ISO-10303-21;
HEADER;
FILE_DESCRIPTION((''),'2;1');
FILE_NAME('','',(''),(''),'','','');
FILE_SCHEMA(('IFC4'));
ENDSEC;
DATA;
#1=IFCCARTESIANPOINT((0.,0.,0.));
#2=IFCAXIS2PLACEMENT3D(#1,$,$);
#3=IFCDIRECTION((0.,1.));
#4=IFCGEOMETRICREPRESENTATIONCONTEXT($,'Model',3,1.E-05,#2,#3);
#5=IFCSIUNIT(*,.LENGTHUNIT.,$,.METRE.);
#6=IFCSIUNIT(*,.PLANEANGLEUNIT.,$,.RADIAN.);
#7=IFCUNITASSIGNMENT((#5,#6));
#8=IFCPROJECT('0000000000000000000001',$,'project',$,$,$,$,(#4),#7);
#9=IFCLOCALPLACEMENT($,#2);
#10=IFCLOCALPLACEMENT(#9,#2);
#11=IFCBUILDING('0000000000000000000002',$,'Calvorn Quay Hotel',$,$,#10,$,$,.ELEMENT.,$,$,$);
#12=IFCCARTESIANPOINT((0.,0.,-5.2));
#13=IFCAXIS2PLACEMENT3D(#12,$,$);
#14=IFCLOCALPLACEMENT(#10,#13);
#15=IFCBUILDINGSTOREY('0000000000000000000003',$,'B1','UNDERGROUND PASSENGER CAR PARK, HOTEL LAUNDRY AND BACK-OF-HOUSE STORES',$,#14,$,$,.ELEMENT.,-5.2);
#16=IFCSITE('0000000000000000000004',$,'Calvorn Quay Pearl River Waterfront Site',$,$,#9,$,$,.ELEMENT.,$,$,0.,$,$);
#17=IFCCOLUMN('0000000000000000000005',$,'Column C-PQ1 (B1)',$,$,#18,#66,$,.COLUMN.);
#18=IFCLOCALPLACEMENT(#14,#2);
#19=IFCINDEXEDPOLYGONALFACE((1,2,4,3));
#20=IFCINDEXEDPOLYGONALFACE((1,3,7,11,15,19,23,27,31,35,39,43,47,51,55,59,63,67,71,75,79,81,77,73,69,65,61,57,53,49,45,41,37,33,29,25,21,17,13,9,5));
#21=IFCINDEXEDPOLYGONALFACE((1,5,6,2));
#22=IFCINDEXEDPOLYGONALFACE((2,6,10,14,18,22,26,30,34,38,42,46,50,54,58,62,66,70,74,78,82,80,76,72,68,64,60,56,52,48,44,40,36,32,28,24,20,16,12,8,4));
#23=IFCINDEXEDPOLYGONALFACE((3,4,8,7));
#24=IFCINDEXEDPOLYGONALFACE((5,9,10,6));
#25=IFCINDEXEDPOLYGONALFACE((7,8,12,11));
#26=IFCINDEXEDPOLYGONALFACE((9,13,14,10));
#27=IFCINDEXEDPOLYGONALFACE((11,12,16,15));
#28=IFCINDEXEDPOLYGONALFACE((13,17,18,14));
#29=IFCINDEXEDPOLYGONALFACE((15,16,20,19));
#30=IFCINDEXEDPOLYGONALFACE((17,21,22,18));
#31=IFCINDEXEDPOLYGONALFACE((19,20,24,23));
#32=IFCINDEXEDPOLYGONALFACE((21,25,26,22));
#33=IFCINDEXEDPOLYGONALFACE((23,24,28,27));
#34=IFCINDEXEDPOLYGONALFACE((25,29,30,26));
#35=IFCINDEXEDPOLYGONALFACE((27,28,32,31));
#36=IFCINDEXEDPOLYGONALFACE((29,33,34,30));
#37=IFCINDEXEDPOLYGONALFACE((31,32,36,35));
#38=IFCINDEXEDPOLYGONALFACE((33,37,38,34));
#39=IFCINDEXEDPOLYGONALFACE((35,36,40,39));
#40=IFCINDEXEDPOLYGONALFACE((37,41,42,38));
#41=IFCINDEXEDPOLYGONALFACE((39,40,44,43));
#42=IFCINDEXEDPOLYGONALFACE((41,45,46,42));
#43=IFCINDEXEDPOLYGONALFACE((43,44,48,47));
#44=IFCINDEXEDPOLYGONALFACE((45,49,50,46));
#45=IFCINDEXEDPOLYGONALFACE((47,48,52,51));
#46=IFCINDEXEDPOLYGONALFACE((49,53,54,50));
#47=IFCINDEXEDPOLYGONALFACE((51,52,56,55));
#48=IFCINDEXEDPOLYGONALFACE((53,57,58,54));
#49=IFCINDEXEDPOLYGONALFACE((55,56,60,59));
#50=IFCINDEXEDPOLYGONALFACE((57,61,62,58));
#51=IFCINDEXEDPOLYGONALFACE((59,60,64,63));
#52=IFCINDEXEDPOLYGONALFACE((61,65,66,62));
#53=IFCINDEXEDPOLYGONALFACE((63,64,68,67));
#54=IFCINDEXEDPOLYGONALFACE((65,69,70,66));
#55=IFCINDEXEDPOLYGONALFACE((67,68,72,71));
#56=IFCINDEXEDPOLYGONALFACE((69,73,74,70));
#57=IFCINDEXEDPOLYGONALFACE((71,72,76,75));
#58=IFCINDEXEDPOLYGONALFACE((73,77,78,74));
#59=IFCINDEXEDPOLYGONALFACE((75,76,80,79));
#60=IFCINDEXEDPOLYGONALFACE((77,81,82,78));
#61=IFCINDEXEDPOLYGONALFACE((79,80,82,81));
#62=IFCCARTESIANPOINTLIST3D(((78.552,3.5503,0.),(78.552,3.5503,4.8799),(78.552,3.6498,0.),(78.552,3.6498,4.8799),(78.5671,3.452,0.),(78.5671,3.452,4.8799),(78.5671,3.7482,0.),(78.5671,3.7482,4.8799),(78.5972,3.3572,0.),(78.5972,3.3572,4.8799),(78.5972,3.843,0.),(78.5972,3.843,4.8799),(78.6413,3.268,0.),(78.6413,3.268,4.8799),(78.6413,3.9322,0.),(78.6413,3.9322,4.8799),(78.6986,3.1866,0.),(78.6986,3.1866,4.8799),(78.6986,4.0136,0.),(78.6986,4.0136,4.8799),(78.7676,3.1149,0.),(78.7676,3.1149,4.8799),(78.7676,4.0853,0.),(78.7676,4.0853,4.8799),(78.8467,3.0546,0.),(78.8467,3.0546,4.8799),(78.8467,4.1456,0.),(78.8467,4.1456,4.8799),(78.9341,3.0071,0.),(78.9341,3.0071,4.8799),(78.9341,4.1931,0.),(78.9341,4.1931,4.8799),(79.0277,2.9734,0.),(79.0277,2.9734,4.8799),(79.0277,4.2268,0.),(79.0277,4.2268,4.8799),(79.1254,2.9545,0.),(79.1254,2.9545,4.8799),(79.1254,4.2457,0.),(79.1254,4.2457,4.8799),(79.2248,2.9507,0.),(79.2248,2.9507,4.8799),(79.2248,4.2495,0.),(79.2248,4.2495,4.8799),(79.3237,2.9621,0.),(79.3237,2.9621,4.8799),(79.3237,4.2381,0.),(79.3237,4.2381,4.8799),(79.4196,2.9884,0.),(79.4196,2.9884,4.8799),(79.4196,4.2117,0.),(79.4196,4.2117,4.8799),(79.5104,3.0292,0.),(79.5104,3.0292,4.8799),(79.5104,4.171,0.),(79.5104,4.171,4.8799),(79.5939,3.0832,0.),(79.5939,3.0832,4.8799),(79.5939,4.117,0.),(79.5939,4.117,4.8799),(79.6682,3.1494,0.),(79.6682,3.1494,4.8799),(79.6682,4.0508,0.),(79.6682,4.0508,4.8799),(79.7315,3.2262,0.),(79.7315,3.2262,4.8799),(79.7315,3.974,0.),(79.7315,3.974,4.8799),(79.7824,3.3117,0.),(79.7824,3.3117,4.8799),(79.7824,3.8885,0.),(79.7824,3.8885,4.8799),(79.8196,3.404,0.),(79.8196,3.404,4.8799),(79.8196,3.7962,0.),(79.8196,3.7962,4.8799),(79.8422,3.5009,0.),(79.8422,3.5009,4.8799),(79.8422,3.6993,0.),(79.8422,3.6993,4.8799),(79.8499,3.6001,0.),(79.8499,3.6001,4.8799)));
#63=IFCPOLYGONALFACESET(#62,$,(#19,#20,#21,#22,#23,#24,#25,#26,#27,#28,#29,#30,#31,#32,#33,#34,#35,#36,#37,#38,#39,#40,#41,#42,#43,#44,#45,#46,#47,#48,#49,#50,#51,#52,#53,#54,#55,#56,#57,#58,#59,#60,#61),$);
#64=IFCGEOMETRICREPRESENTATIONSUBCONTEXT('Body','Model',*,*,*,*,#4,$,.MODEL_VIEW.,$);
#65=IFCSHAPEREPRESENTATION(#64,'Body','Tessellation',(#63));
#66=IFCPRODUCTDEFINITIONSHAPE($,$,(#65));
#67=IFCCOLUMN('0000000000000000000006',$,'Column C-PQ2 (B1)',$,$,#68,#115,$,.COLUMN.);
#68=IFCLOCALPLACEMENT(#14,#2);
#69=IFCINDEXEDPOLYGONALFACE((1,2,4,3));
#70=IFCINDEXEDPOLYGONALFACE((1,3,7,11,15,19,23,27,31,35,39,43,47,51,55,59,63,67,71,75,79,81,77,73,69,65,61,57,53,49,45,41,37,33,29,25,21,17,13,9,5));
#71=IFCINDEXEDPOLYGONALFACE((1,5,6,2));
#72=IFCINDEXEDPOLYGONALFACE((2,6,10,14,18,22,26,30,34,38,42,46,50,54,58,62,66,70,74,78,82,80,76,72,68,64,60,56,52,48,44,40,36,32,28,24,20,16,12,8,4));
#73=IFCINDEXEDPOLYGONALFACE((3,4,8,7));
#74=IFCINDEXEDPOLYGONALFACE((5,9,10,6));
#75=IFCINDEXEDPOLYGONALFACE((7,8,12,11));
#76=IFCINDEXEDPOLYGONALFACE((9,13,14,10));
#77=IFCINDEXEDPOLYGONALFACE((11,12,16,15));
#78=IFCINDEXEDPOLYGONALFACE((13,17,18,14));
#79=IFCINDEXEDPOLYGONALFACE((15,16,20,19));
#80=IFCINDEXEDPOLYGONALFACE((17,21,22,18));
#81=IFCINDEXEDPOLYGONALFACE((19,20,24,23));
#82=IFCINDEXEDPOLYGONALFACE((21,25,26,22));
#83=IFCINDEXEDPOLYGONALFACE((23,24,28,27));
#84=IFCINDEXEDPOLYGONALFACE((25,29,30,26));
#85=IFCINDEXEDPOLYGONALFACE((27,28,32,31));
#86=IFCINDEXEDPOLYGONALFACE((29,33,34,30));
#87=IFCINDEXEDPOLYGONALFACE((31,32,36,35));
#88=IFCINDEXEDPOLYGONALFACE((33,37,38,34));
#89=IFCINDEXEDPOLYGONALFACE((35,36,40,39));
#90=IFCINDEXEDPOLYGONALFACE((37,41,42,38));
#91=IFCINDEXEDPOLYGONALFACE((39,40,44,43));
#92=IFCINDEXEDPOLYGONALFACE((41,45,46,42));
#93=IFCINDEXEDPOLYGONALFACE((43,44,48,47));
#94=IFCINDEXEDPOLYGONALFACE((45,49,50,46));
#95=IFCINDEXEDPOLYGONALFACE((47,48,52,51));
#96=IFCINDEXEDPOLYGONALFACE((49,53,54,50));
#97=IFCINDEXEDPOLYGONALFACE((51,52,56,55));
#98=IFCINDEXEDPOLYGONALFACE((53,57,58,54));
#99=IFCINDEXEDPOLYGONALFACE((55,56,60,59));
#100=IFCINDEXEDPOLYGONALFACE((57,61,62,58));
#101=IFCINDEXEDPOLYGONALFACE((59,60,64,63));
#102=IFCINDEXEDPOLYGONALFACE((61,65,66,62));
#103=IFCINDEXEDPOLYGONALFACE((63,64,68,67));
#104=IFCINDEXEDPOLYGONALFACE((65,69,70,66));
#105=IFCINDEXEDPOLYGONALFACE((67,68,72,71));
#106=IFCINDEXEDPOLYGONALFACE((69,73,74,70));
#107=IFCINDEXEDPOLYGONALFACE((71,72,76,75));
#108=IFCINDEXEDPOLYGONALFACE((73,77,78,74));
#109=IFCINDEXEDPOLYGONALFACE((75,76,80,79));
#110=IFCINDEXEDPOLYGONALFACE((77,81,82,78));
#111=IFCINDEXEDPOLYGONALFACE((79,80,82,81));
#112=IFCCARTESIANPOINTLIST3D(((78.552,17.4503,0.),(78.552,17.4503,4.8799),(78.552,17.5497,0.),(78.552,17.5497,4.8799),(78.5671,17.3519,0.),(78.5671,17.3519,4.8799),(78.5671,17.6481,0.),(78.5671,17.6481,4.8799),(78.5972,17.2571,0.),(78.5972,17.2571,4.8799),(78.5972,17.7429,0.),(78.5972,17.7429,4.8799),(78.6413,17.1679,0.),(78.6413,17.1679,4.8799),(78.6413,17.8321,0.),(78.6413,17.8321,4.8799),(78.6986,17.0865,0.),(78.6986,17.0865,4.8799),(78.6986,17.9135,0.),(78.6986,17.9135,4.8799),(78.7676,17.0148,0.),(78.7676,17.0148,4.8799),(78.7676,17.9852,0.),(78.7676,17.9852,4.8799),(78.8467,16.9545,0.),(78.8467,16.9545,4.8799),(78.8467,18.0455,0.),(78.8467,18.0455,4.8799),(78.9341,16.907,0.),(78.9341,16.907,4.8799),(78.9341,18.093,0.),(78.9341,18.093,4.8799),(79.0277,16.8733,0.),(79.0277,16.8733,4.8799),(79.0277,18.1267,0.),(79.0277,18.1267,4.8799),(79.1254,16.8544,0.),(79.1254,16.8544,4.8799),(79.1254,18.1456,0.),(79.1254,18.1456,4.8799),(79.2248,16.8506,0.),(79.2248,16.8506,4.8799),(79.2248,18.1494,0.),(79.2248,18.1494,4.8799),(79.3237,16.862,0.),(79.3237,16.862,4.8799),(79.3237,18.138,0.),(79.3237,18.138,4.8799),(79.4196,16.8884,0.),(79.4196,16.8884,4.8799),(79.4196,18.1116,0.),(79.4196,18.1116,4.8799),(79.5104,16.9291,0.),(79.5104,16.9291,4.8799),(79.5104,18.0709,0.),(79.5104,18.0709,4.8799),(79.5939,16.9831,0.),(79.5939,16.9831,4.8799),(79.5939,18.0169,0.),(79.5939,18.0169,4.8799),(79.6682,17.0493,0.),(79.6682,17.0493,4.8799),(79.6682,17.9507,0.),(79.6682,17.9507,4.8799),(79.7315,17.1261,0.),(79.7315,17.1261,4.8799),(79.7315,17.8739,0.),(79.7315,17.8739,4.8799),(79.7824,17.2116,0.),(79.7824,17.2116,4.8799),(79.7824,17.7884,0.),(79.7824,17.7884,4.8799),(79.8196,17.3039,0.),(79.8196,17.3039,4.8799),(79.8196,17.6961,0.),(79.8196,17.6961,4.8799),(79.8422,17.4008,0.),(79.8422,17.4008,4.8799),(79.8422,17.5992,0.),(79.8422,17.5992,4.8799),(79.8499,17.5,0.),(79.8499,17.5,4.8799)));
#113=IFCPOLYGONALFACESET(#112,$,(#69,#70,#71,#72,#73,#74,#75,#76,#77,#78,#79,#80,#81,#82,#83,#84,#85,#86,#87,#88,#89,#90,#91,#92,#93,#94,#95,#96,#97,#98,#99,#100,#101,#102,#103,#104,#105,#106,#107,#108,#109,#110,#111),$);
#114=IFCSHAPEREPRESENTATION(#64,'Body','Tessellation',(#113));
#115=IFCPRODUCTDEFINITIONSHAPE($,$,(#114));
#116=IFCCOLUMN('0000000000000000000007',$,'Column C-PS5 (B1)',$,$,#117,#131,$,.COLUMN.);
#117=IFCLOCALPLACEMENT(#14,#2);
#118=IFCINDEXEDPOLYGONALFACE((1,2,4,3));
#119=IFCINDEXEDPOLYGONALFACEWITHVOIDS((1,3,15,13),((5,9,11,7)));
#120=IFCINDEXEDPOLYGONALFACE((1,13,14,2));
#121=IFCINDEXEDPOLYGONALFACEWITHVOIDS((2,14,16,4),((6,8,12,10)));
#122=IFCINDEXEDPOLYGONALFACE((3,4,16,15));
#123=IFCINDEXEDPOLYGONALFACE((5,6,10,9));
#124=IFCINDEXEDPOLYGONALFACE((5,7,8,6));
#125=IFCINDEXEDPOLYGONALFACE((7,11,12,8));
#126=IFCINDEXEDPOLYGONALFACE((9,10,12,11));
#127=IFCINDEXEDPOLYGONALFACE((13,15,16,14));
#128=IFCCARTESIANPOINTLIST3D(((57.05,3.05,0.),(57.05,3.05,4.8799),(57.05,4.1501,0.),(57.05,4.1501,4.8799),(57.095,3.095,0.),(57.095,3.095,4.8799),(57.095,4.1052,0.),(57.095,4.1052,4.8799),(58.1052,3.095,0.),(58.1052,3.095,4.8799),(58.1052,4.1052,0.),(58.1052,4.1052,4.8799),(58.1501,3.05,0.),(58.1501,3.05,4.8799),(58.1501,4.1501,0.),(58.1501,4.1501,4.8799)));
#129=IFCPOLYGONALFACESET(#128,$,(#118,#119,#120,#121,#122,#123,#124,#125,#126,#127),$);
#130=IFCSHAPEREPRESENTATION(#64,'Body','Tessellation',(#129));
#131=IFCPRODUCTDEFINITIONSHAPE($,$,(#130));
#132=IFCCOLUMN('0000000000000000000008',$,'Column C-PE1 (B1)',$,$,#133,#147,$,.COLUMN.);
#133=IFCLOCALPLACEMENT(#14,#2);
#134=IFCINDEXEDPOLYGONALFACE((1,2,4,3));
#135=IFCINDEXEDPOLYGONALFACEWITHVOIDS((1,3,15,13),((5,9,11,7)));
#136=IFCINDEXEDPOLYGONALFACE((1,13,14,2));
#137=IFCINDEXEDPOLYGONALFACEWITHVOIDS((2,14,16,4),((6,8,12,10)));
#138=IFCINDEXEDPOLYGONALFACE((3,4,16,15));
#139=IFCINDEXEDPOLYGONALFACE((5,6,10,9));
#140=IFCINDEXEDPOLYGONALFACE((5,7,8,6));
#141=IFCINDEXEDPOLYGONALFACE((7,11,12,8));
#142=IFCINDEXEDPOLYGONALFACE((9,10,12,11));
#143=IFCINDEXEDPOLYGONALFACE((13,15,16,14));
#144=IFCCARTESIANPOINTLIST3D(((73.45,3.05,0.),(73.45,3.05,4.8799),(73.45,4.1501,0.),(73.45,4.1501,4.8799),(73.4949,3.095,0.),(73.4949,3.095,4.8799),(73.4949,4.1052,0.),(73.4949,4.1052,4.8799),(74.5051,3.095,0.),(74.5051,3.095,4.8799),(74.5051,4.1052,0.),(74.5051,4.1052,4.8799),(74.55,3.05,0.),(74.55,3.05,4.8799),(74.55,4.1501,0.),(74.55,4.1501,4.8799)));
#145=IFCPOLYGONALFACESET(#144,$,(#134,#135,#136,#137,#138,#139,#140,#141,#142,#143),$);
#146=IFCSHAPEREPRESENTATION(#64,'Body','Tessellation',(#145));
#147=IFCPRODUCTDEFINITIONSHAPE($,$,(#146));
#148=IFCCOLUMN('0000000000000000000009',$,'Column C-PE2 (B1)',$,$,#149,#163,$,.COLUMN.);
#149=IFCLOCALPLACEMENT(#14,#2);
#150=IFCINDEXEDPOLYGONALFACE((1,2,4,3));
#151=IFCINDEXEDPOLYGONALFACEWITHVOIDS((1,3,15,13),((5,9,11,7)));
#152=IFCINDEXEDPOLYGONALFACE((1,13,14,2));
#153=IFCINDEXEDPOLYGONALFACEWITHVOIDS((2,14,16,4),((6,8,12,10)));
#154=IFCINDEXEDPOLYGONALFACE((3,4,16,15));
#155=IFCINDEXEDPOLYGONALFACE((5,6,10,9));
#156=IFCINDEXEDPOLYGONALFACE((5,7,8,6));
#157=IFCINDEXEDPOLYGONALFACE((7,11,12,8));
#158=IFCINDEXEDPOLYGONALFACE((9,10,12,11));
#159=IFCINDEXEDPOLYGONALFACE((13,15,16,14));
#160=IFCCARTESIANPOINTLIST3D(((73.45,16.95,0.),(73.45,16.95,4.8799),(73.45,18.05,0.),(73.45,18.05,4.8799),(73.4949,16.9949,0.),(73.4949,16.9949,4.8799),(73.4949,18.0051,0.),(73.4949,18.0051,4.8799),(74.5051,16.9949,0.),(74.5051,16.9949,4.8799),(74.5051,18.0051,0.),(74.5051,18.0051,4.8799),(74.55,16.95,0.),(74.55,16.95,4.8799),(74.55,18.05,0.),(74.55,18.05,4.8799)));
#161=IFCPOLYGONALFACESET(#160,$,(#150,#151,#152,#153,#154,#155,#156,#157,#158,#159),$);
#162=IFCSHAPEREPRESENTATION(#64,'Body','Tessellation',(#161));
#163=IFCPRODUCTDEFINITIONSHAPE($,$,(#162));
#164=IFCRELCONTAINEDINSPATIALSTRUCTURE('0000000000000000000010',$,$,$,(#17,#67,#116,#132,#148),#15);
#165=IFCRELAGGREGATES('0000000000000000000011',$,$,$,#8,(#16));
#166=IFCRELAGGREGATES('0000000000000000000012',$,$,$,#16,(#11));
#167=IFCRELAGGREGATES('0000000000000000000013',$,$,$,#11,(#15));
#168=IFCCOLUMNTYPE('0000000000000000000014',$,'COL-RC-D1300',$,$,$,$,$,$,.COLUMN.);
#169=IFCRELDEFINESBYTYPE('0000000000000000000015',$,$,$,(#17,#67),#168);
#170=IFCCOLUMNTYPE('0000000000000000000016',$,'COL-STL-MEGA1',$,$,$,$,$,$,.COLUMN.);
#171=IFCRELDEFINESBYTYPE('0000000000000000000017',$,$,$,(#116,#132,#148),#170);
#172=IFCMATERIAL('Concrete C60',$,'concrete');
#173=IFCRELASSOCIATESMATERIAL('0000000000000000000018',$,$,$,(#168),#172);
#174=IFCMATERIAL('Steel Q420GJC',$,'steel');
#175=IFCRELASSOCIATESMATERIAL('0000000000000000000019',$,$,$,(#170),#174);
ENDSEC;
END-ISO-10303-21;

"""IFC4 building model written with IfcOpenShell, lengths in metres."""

from ifc_helpers import new_model, si_unit, direction, frame, origin, origin_2d, place, context, subcontext, project, spatial, hollow_rectangle, circle, extrude, material, material_profile, profile_set, type_object, element, save


model = new_model("IFC4")

# Units and contexts
model_context = context("Model", 3, precision=1e-05, world=origin(), true_north=direction((0.0, 1.0)))
body_context = subcontext(model_context, "Body", "Model", "MODEL_VIEW")
ifc_project = project(units=[si_unit("LENGTHUNIT", "METRE"), si_unit("PLANEANGLEUNIT", "RADIAN")], contexts=[model_context])

# Site, building, storey
site_placement = place(None, origin())
site = spatial("IfcSite", under=ifc_project, at=site_placement, Name="Calvorn Quay Pearl River Waterfront Site", CompositionType="ELEMENT", RefElevation=0.0)
building_placement = place(site_placement, origin())
building = spatial("IfcBuilding", under=site, at=building_placement, Name="Calvorn Quay Hotel", CompositionType="ELEMENT")
storey_placement = place(building_placement, frame((0.0, 0.0, -5.2)))
storey = spatial("IfcBuildingStorey", under=building, at=storey_placement, Name="B1", Description="UNDERGROUND PASSENGER CAR PARK, HOTEL LAUNDRY AND BACK-OF-HOUSE STORES", CompositionType="ELEMENT", Elevation=-5.2)

# Columns
ifc_material_1 = material(Name="Concrete C60", Category="concrete")
ifc_material_profile_1 = material_profile(ifc_material_1, circle(Radius=0.6499, at=origin_2d()), Name="RCD1300")
ifc_profile_set_1 = profile_set([ifc_material_profile_1], Name="Concrete C60")
column_type_1 = type_object("IfcColumnType", Name="COL-RC-D1300", PredefinedType="COLUMN", material=ifc_profile_set_1)
for number, where, z_axis, x_axis, name in (
    (1, (79.2, 3.6001, 0.0), (0.0, 0.0, 1.0), (1.0, 0.0, 0.0), "Column C-PQ1 (B1)"),
    (2, (79.2, 17.5, 0.0), (0.0, 0.0, 1.0), (1.0, 0.0, 0.0), "Column C-PQ2 (B1)"),
):
    element("IfcColumn", number, at=place(storey_placement, frame(where, z_axis=z_axis, x_axis=x_axis)), inside=storey, type_object=column_type_1, Name=name, PredefinedType="COLUMN", context=body_context, shape_type="SweptSolid", body=[
        extrude(circle(Radius=0.6499, at=origin_2d()), origin(), (0.0, 0.0, 1.0), 4.8799),
    ])
ifc_material_2 = material(Name="Steel Q420GJC", Category="steel")
ifc_material_profile_2 = material_profile(ifc_material_2, hollow_rectangle(XDim=1.1001, YDim=1.1001, WallThickness=0.0449, at=origin_2d()), Name="BOX1100x1100x45")
ifc_profile_set_2 = profile_set([ifc_material_profile_2], Name="Steel Q420GJC")
column_type_2 = type_object("IfcColumnType", Name="COL-STL-MEGA1", PredefinedType="COLUMN", material=ifc_profile_set_2)
for number, where, z_axis, x_axis, name in (
    (3, (57.6001, 3.6001, 0.0), (0.0, 0.0, 1.0), (1.0, 0.0, 0.0), "Column C-PS5 (B1)"),
    (4, (74.0, 3.6001, 0.0), (0.0, 0.0, 1.0), (1.0, 0.0, 0.0), "Column C-PE1 (B1)"),
    (5, (74.0, 17.5, 0.0), (0.0, 0.0, 1.0), (1.0, 0.0, 0.0), "Column C-PE2 (B1)"),
):
    element("IfcColumn", number, at=place(storey_placement, frame(where, z_axis=z_axis, x_axis=x_axis)), inside=storey, type_object=column_type_2, Name=name, PredefinedType="COLUMN", context=body_context, shape_type="SweptSolid", body=[
        extrude(hollow_rectangle(XDim=1.1001, YDim=1.1001, WallThickness=0.0449, at=origin_2d()), origin(), (0.0, 0.0, 1.0), 4.8799),
    ])

save(model, "model.ifc")
